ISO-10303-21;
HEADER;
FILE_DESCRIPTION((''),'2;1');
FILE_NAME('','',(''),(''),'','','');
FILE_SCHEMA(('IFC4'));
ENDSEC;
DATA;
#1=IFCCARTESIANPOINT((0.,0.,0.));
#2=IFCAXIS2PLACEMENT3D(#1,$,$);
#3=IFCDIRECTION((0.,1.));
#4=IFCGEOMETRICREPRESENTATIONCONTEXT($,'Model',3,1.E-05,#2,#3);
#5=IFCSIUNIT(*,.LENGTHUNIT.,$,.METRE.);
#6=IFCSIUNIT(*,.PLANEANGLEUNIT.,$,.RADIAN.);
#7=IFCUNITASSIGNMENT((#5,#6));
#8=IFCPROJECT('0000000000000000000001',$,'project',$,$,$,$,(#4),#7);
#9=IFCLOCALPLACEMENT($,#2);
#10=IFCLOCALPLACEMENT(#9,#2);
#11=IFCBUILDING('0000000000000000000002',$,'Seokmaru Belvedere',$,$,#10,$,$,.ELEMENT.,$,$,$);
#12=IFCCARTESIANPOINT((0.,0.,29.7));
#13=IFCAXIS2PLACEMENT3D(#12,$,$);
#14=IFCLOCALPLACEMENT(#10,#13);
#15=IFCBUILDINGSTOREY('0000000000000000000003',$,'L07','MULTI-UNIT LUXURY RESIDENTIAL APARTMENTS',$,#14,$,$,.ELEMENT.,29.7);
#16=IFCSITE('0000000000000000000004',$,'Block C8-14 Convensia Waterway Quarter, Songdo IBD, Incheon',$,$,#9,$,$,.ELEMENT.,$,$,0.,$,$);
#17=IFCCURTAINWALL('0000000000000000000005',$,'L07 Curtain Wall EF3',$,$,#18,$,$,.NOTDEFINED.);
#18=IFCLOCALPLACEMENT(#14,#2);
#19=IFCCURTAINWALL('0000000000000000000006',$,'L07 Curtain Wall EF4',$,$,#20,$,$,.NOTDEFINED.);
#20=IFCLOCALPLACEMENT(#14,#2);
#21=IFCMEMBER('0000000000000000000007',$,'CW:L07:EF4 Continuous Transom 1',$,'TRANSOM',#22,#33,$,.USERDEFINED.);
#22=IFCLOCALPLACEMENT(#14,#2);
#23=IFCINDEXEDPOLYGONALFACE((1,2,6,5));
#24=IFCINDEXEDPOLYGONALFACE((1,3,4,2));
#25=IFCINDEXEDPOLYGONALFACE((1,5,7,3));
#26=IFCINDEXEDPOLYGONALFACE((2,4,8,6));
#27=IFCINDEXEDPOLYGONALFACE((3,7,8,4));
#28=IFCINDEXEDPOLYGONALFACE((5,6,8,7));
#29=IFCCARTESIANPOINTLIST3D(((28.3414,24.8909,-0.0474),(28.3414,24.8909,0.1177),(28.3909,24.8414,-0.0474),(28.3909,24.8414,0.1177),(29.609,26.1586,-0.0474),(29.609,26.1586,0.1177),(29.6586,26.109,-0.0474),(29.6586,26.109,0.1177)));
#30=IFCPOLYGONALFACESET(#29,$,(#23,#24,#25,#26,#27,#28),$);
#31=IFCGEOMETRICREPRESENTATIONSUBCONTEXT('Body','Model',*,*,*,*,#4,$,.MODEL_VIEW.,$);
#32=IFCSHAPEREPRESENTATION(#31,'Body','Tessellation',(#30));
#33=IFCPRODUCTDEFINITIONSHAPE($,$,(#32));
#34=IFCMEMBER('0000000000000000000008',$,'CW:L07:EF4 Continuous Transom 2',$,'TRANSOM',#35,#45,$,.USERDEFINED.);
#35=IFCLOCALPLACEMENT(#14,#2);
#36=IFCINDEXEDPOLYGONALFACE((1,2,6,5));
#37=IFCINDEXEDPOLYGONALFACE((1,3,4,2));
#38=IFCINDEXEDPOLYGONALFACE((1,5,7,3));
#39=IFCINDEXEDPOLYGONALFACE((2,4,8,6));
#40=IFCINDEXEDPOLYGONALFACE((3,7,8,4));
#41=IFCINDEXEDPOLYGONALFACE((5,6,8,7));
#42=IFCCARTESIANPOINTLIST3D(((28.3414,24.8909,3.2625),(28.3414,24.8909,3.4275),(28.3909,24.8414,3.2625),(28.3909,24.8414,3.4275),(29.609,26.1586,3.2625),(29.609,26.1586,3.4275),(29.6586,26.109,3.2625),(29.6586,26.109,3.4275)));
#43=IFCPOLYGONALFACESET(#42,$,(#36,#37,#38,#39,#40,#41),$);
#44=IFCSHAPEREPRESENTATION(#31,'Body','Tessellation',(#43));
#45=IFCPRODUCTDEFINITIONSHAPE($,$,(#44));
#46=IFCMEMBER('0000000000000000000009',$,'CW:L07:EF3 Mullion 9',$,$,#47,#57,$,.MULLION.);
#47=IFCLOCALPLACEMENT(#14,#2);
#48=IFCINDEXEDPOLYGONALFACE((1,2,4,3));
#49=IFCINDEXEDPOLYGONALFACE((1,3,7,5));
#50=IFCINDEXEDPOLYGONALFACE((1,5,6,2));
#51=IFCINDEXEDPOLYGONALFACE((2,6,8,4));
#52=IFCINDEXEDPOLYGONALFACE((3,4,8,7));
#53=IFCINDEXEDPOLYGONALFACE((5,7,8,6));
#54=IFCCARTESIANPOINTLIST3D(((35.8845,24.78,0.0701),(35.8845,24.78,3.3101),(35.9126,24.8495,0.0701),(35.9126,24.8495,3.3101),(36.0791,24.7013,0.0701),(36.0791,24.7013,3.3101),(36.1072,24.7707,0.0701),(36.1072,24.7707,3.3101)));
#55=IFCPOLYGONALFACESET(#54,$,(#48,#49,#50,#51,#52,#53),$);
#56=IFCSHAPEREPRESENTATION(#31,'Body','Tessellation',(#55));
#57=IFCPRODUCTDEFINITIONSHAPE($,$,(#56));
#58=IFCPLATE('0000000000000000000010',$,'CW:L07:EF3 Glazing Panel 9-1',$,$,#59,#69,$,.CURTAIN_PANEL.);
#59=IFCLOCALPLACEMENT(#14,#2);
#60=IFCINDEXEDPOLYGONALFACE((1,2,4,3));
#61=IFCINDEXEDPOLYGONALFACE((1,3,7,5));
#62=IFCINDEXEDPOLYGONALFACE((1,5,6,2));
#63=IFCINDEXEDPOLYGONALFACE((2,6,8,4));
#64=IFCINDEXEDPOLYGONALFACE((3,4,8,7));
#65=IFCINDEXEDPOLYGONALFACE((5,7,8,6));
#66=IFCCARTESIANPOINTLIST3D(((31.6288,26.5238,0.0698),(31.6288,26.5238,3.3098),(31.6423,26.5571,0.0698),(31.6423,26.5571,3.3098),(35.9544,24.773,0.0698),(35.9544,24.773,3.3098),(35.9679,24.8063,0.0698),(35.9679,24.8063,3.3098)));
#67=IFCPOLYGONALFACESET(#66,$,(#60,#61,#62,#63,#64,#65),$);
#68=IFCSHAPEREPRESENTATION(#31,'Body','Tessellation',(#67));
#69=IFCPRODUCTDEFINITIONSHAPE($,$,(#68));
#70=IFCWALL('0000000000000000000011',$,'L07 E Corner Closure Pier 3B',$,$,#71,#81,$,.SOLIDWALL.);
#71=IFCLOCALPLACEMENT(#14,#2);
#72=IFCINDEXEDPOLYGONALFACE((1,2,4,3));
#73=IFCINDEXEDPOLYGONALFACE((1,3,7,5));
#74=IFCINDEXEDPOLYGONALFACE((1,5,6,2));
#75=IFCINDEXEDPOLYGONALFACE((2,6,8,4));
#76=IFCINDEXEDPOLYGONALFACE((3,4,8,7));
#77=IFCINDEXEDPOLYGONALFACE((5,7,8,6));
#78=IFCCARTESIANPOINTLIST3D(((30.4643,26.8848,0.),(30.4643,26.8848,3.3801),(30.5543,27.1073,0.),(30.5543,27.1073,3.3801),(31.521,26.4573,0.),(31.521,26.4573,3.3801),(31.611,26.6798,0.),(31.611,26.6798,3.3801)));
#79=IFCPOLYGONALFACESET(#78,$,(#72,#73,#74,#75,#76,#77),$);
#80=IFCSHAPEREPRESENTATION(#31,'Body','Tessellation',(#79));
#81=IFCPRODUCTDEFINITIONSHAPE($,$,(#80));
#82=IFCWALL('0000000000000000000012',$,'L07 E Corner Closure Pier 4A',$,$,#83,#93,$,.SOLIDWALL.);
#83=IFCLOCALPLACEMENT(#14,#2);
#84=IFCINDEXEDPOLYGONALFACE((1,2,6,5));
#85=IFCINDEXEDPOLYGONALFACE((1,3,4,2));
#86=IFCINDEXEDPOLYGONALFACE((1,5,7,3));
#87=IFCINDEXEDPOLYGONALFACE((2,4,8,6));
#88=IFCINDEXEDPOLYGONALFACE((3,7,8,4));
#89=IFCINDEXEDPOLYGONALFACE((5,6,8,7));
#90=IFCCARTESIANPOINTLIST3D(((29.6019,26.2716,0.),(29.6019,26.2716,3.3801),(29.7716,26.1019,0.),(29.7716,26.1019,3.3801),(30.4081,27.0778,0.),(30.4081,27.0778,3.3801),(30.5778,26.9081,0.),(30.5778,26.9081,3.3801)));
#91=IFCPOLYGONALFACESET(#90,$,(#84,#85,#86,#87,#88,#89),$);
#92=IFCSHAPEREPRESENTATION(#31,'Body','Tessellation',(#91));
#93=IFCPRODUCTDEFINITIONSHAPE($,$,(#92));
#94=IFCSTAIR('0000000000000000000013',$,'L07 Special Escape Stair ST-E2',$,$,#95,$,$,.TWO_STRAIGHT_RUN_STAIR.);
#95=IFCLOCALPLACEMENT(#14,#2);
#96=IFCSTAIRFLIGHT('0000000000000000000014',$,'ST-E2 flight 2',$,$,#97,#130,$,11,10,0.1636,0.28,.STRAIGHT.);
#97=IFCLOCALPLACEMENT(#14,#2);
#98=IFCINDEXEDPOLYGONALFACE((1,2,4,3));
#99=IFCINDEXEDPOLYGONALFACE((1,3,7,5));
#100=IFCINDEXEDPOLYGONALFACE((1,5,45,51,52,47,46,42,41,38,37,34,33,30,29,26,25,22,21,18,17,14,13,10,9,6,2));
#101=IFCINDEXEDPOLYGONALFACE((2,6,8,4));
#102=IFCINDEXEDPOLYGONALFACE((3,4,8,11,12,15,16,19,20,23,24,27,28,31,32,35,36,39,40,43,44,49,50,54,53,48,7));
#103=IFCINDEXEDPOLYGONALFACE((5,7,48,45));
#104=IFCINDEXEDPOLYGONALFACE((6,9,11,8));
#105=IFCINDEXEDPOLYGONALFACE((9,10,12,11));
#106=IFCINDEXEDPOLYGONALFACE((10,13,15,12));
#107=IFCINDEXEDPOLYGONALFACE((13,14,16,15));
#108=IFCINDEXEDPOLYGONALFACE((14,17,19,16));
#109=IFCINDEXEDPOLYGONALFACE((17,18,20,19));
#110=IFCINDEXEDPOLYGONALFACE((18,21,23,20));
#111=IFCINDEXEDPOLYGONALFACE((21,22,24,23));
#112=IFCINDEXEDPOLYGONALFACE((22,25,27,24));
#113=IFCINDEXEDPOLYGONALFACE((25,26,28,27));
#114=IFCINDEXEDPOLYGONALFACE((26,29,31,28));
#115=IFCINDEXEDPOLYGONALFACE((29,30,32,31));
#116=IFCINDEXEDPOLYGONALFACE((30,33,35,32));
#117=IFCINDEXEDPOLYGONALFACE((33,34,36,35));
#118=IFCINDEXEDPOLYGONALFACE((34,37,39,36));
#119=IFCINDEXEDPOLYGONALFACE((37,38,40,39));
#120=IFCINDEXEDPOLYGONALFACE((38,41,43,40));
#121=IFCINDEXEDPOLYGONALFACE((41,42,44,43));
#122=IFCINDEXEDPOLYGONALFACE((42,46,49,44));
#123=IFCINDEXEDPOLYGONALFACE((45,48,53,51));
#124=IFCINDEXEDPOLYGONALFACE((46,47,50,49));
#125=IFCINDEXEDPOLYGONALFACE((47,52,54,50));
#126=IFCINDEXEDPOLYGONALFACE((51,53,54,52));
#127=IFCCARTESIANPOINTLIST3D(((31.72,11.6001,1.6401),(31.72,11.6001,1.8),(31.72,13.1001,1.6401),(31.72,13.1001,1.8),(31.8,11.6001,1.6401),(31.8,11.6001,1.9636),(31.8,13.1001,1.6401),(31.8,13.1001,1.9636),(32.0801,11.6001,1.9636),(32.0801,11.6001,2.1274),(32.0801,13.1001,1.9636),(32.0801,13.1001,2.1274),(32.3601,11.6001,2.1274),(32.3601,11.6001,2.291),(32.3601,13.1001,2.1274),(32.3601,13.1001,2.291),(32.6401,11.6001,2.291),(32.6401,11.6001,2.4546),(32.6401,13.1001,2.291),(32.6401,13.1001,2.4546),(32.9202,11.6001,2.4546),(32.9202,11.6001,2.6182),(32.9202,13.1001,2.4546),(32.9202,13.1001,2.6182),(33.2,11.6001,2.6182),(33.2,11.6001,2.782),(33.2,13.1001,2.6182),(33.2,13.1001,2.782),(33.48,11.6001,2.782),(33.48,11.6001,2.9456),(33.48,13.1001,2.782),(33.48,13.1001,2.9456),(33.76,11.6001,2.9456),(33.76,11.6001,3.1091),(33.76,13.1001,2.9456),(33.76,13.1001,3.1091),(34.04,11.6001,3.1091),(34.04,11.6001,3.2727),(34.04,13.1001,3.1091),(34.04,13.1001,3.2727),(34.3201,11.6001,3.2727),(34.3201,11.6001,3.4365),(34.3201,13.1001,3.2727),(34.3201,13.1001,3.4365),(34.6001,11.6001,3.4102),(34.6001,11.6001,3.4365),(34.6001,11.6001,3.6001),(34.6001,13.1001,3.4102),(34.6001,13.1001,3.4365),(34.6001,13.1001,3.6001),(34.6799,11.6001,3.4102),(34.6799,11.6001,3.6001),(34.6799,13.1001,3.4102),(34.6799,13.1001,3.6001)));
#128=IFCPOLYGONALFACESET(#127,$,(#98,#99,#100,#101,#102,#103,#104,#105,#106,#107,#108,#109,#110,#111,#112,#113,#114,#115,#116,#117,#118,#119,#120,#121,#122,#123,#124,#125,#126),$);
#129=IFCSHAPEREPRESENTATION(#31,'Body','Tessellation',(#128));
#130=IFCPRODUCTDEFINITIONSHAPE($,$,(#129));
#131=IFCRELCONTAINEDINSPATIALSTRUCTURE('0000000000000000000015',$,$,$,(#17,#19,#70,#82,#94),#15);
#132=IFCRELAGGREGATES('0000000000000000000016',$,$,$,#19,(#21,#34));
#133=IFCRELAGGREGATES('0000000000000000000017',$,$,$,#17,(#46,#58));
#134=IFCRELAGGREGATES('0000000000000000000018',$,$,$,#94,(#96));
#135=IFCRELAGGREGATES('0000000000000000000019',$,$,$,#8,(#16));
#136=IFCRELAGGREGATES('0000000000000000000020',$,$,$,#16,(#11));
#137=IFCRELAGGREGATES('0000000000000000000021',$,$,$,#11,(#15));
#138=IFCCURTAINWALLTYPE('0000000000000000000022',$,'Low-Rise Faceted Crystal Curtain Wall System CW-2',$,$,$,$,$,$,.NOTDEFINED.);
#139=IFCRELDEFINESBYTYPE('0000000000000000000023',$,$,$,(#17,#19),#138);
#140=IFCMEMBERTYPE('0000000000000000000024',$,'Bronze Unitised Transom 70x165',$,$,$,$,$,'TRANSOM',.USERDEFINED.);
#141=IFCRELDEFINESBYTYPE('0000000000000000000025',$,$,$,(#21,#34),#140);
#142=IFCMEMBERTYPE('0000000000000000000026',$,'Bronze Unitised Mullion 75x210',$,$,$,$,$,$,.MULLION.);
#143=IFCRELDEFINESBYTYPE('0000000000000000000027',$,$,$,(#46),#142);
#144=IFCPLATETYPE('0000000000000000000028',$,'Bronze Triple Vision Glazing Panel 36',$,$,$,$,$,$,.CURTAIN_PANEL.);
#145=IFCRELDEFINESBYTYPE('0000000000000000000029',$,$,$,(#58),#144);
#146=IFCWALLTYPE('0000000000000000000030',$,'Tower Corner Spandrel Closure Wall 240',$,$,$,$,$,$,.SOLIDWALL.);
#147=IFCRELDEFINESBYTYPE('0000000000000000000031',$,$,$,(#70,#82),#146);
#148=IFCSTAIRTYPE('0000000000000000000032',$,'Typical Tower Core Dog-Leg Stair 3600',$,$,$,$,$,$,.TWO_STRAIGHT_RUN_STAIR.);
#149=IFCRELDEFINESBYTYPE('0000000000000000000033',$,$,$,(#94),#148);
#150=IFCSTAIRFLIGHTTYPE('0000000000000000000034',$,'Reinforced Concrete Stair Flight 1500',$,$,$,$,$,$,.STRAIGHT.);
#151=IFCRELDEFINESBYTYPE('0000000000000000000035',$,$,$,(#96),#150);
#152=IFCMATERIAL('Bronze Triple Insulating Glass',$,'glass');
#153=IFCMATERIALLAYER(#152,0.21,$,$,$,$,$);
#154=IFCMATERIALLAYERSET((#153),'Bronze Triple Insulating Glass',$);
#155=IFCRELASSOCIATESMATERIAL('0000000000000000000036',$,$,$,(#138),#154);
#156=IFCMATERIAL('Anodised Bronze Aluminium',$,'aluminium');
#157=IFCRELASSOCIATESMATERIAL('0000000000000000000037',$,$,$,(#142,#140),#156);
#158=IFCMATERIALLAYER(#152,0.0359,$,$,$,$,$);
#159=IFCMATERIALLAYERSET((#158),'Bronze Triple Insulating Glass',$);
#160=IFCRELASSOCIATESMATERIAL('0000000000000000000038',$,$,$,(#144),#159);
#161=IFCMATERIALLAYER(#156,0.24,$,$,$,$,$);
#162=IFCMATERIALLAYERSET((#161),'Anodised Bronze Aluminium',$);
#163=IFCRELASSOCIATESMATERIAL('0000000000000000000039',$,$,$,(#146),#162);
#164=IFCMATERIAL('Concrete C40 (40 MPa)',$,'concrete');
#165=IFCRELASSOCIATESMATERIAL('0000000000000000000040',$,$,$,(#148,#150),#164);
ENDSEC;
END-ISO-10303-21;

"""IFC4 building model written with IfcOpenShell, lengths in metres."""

from ifc_helpers import new_model, si_unit, direction, frame, frame_2d, origin, origin_2d, place, context, subcontext, project, spatial, polyline, rectangle, outline, extrude, source, transform, mapped, material, layer, layer_set, material_profile, profile_set, type_object, type_shapes, element, aggregate, save


model = new_model("IFC4")

# Units and contexts
model_context = context("Model", 3, precision=1e-05, world=origin(), true_north=direction((0.0, 1.0)))
body_context = subcontext(model_context, "Body", "Model", "MODEL_VIEW")
ifc_project = project(units=[si_unit("LENGTHUNIT", "METRE"), si_unit("PLANEANGLEUNIT", "RADIAN")], contexts=[model_context])

# Site, building, storey
site_placement = place(None, origin())
site = spatial("IfcSite", under=ifc_project, at=site_placement, Name="Block C8-14 Convensia Waterway Quarter, Songdo IBD, Incheon", CompositionType="ELEMENT", RefElevation=0.0)
building_placement = place(site_placement, origin())
building = spatial("IfcBuilding", under=site, at=building_placement, Name="Seokmaru Belvedere", CompositionType="ELEMENT")
storey_placement = place(building_placement, frame((0.0, 0.0, 29.7)))
storey = spatial("IfcBuildingStorey", under=building, at=storey_placement, Name="L07", Description="MULTI-UNIT LUXURY RESIDENTIAL APARTMENTS", CompositionType="ELEMENT", Elevation=29.7)

# Curtain wall
ifc_material_1 = material(Name="Bronze Triple Insulating Glass", Category="glass")
ifc_layer_1 = layer(ifc_material_1, 0.21)
ifc_layer_set_1 = layer_set([ifc_layer_1], Name="Bronze Triple Insulating Glass")
curtain_wall_type = type_object("IfcCurtainWallType", Name="Low-Rise Faceted Crystal Curtain Wall System CW-2", PredefinedType="NOTDEFINED", material=ifc_layer_set_1)
curtain_wall_1_placement = place(storey_placement, origin())
curtain_wall_1 = element("IfcCurtainWall", 1, at=curtain_wall_1_placement, inside=storey, type_object=curtain_wall_type, Name="L07 Curtain Wall EF3", PredefinedType="NOTDEFINED")
ifc_material_2 = material(Name="Anodised Bronze Aluminium", Category="aluminium")
ifc_material_profile_1 = material_profile(ifc_material_2, rectangle(XDim=0.075, YDim=0.21, at=origin_2d()), Name="CW-M-75x210")
ifc_profile_set_1 = profile_set([ifc_material_profile_1], Name="Anodised Bronze Aluminium")
member_type_1 = type_object("IfcMemberType", Name="Bronze Unitised Mullion 75x210", PredefinedType="MULLION", material=ifc_profile_set_1)

# Curtain wall, members
curtain_wall_2_placement = place(storey_placement, origin())
curtain_wall_2 = element("IfcCurtainWall", 2, at=curtain_wall_2_placement, inside=storey, type_object=curtain_wall_type, Name="L07 Curtain Wall EF4", PredefinedType="NOTDEFINED")
ifc_material_profile_2 = material_profile(ifc_material_2, rectangle(XDim=0.0701, YDim=0.165, at=origin_2d()), Name="CW-T-70x165")
ifc_profile_set_2 = profile_set([ifc_material_profile_2], Name="Anodised Bronze Aluminium")
member_type_2 = type_object("IfcMemberType", Name="Bronze Unitised Transom 70x165", ElementType="TRANSOM", PredefinedType="USERDEFINED", material=ifc_profile_set_2)
shared_shape_1 = source(origin(), body_context, "Body", "SweptSolid", [
    extrude(rectangle(XDim=0.0701, YDim=0.165, at=origin_2d()), origin(), (0.0, 0.0, 1.0), 1.7927),
])
type_shapes(member_type_2, [shared_shape_1])
member_1_placement = place(storey_placement, frame((29.6338, 26.1338, 0.0352), z_axis=(-0.707107, -0.707107, 0.0), x_axis=(0.707107, -0.707107, 0.0)))
member_1 = element("IfcMember", 3, at=member_1_placement, type_object=member_type_2, Name="CW:L07:EF4 Continuous Transom 1", ObjectType="TRANSOM", PredefinedType="USERDEFINED", context=body_context, shape_type="MappedRepresentation", body=[
    mapped(shared_shape_1, transform((0.0, 0.0, 0.0), scale=1.0)),
])
member_2_placement = place(storey_placement, frame((29.6338, 26.1338, 3.345), z_axis=(-0.707107, -0.707107, 0.0), x_axis=(0.707107, -0.707107, 0.0)))
member_2 = element("IfcMember", 4, at=member_2_placement, type_object=member_type_2, Name="CW:L07:EF4 Continuous Transom 2", ObjectType="TRANSOM", PredefinedType="USERDEFINED", context=body_context, shape_type="MappedRepresentation", body=[
    mapped(shared_shape_1, transform((0.0, 0.0, 0.0), scale=1.0)),
])
aggregate(curtain_wall_2, [member_1, member_2])

# Member
shared_shape_2 = source(origin(), body_context, "Body", "SweptSolid", [
    extrude(rectangle(XDim=0.075, YDim=0.21, at=origin_2d()), origin(), (0.0, 0.0, 1.0), 3.24),
])
member_3_placement = place(storey_placement, frame((35.9958, 24.7754, 0.0701), z_axis=(0.0, 0.0, 1.0), x_axis=(-0.375192, -0.926947, 0.0)))
member_3 = element("IfcMember", 5, at=member_3_placement, type_object=member_type_1, Name="CW:L07:EF3 Mullion 9", PredefinedType="MULLION", context=body_context, shape_type="MappedRepresentation", body=[
    mapped(shared_shape_2, transform((0.0, 0.0, 0.0), scale=1.0)),
])

# Plate
ifc_layer_2 = layer(ifc_material_1, 0.0359)
ifc_layer_set_2 = layer_set([ifc_layer_2], Name="Bronze Triple Insulating Glass")
plate_type = type_object("IfcPlateType", Name="Bronze Triple Vision Glazing Panel 36", PredefinedType="CURTAIN_PANEL", material=ifc_layer_set_2)
shared_shape_3 = source(origin(), body_context, "Body", "SweptSolid", [
    extrude(rectangle(XDim=4.6665, YDim=0.0359, at=origin_2d()), origin(), (0.0, 0.0, 1.0), 3.24),
])
type_shapes(plate_type, [shared_shape_3])
plate_placement = place(storey_placement, frame((33.7983, 25.665, 0.0698), z_axis=(0.0, 0.0, 1.0), x_axis=(-0.926947, 0.375192, 0.0)))
plate = element("IfcPlate", 6, at=plate_placement, type_object=plate_type, Name="CW:L07:EF3 Glazing Panel 9-1", PredefinedType="CURTAIN_PANEL", context=body_context, shape_type="MappedRepresentation", body=[
    mapped(shared_shape_3, transform((0.0, 0.0, 0.0), scale=1.0)),
])
aggregate(curtain_wall_1, [member_3, plate])

# Walls
ifc_layer_3 = layer(ifc_material_2, 0.24)
ifc_layer_set_3 = layer_set([ifc_layer_3], Name="Anodised Bronze Aluminium")
wall_type = type_object("IfcWallType", Name="Tower Corner Spandrel Closure Wall 240", PredefinedType="SOLIDWALL", material=ifc_layer_set_3)
wall_1_placement = place(storey_placement, frame((31.5659, 26.5686, 0.0), z_axis=(0.0, 0.0, 1.0), x_axis=(-0.927007, 0.375044, 0.0)))
element("IfcWall", 7, at=wall_1_placement, inside=storey, type_object=wall_type, Name="L07 E Corner Closure Pier 3B", PredefinedType="SOLIDWALL", context=body_context, shape_type="SweptSolid", body=[
    extrude(rectangle(XDim=1.1399, YDim=0.24, at=frame_2d((0.5698, 0.0))), origin(), (0.0, 0.0, 1.0), 3.3801),
])
wall_2_placement = place(storey_placement, frame((30.4929, 26.9929, 0.0), z_axis=(0.0, 0.0, 1.0), x_axis=(-0.707107, -0.707107, 0.0)))
element("IfcWall", 8, at=wall_2_placement, inside=storey, type_object=wall_type, Name="L07 E Corner Closure Pier 4A", PredefinedType="SOLIDWALL", context=body_context, shape_type="SweptSolid", body=[
    extrude(rectangle(XDim=1.1401, YDim=0.24, at=frame_2d((0.5701, 0.0))), origin(), (0.0, 0.0, 1.0), 3.3801),
])

# Stair, stair flight
ifc_material_3 = material(Name="Concrete C40 (40 MPa)", Category="concrete")
stair_type = type_object("IfcStairType", Name="Typical Tower Core Dog-Leg Stair 3600", PredefinedType="TWO_STRAIGHT_RUN_STAIR", material=ifc_material_3)
stair_placement = place(storey_placement, origin())
stair = element("IfcStair", 9, at=stair_placement, inside=storey, type_object=stair_type, Name="L07 Special Escape Stair ST-E2", PredefinedType="TWO_STRAIGHT_RUN_STAIR")
stair_flight_type = type_object("IfcStairFlightType", Name="Reinforced Concrete Stair Flight 1500", PredefinedType="STRAIGHT", material=ifc_material_3)
stair_flight_placement = place(storey_placement, frame((31.8, 12.3501, 1.8), z_axis=(0.0, 0.0, 1.0), x_axis=(1.0, 0.0, 0.0)))
stair_flight = element("IfcStairFlight", 10, at=stair_flight_placement, type_object=stair_flight_type, Name="ST-E2 flight 2", NumberOfRisers=11, NumberOfTreads=10, PredefinedType="STRAIGHT", RiserHeight=0.1636, TreadLength=0.28, context=body_context, shape_type="SweptSolid", body=[
    extrude(outline(polyline([(-0.0801, 0.0), (0.0, 0.1636), (0.28, 0.1636), (0.28, 0.3274), (0.5601, 0.3274), (0.5601, 0.491), (0.8401, 0.491), (0.8401, 0.6545), (1.1201, 0.6545), (1.1201, 0.8181), (1.3999, 0.8181), (1.3999, 0.9819), (1.6799, 0.9819), (1.6799, 1.1455), (1.96, 1.1455), (1.96, 1.3091), (2.24, 1.3091), (2.24, 1.4727), (2.52, 1.4727), (2.52, 1.6365), (2.8, 1.6365), (2.8, 1.8), (2.8799, 1.8), (2.8799, 1.6101), (2.8, 1.6101), (0.0, -0.1599), (-0.0801, -0.1599), (-0.0801, 0.0)])), frame((0.0, 0.75, 0.0), z_axis=(0.0, -1.0, 0.0), x_axis=(1.0, 0.0, 0.0)), (0.0, 0.0, 1.0), 1.5),
])
aggregate(stair, [stair_flight])

save(model, "model.ifc")
